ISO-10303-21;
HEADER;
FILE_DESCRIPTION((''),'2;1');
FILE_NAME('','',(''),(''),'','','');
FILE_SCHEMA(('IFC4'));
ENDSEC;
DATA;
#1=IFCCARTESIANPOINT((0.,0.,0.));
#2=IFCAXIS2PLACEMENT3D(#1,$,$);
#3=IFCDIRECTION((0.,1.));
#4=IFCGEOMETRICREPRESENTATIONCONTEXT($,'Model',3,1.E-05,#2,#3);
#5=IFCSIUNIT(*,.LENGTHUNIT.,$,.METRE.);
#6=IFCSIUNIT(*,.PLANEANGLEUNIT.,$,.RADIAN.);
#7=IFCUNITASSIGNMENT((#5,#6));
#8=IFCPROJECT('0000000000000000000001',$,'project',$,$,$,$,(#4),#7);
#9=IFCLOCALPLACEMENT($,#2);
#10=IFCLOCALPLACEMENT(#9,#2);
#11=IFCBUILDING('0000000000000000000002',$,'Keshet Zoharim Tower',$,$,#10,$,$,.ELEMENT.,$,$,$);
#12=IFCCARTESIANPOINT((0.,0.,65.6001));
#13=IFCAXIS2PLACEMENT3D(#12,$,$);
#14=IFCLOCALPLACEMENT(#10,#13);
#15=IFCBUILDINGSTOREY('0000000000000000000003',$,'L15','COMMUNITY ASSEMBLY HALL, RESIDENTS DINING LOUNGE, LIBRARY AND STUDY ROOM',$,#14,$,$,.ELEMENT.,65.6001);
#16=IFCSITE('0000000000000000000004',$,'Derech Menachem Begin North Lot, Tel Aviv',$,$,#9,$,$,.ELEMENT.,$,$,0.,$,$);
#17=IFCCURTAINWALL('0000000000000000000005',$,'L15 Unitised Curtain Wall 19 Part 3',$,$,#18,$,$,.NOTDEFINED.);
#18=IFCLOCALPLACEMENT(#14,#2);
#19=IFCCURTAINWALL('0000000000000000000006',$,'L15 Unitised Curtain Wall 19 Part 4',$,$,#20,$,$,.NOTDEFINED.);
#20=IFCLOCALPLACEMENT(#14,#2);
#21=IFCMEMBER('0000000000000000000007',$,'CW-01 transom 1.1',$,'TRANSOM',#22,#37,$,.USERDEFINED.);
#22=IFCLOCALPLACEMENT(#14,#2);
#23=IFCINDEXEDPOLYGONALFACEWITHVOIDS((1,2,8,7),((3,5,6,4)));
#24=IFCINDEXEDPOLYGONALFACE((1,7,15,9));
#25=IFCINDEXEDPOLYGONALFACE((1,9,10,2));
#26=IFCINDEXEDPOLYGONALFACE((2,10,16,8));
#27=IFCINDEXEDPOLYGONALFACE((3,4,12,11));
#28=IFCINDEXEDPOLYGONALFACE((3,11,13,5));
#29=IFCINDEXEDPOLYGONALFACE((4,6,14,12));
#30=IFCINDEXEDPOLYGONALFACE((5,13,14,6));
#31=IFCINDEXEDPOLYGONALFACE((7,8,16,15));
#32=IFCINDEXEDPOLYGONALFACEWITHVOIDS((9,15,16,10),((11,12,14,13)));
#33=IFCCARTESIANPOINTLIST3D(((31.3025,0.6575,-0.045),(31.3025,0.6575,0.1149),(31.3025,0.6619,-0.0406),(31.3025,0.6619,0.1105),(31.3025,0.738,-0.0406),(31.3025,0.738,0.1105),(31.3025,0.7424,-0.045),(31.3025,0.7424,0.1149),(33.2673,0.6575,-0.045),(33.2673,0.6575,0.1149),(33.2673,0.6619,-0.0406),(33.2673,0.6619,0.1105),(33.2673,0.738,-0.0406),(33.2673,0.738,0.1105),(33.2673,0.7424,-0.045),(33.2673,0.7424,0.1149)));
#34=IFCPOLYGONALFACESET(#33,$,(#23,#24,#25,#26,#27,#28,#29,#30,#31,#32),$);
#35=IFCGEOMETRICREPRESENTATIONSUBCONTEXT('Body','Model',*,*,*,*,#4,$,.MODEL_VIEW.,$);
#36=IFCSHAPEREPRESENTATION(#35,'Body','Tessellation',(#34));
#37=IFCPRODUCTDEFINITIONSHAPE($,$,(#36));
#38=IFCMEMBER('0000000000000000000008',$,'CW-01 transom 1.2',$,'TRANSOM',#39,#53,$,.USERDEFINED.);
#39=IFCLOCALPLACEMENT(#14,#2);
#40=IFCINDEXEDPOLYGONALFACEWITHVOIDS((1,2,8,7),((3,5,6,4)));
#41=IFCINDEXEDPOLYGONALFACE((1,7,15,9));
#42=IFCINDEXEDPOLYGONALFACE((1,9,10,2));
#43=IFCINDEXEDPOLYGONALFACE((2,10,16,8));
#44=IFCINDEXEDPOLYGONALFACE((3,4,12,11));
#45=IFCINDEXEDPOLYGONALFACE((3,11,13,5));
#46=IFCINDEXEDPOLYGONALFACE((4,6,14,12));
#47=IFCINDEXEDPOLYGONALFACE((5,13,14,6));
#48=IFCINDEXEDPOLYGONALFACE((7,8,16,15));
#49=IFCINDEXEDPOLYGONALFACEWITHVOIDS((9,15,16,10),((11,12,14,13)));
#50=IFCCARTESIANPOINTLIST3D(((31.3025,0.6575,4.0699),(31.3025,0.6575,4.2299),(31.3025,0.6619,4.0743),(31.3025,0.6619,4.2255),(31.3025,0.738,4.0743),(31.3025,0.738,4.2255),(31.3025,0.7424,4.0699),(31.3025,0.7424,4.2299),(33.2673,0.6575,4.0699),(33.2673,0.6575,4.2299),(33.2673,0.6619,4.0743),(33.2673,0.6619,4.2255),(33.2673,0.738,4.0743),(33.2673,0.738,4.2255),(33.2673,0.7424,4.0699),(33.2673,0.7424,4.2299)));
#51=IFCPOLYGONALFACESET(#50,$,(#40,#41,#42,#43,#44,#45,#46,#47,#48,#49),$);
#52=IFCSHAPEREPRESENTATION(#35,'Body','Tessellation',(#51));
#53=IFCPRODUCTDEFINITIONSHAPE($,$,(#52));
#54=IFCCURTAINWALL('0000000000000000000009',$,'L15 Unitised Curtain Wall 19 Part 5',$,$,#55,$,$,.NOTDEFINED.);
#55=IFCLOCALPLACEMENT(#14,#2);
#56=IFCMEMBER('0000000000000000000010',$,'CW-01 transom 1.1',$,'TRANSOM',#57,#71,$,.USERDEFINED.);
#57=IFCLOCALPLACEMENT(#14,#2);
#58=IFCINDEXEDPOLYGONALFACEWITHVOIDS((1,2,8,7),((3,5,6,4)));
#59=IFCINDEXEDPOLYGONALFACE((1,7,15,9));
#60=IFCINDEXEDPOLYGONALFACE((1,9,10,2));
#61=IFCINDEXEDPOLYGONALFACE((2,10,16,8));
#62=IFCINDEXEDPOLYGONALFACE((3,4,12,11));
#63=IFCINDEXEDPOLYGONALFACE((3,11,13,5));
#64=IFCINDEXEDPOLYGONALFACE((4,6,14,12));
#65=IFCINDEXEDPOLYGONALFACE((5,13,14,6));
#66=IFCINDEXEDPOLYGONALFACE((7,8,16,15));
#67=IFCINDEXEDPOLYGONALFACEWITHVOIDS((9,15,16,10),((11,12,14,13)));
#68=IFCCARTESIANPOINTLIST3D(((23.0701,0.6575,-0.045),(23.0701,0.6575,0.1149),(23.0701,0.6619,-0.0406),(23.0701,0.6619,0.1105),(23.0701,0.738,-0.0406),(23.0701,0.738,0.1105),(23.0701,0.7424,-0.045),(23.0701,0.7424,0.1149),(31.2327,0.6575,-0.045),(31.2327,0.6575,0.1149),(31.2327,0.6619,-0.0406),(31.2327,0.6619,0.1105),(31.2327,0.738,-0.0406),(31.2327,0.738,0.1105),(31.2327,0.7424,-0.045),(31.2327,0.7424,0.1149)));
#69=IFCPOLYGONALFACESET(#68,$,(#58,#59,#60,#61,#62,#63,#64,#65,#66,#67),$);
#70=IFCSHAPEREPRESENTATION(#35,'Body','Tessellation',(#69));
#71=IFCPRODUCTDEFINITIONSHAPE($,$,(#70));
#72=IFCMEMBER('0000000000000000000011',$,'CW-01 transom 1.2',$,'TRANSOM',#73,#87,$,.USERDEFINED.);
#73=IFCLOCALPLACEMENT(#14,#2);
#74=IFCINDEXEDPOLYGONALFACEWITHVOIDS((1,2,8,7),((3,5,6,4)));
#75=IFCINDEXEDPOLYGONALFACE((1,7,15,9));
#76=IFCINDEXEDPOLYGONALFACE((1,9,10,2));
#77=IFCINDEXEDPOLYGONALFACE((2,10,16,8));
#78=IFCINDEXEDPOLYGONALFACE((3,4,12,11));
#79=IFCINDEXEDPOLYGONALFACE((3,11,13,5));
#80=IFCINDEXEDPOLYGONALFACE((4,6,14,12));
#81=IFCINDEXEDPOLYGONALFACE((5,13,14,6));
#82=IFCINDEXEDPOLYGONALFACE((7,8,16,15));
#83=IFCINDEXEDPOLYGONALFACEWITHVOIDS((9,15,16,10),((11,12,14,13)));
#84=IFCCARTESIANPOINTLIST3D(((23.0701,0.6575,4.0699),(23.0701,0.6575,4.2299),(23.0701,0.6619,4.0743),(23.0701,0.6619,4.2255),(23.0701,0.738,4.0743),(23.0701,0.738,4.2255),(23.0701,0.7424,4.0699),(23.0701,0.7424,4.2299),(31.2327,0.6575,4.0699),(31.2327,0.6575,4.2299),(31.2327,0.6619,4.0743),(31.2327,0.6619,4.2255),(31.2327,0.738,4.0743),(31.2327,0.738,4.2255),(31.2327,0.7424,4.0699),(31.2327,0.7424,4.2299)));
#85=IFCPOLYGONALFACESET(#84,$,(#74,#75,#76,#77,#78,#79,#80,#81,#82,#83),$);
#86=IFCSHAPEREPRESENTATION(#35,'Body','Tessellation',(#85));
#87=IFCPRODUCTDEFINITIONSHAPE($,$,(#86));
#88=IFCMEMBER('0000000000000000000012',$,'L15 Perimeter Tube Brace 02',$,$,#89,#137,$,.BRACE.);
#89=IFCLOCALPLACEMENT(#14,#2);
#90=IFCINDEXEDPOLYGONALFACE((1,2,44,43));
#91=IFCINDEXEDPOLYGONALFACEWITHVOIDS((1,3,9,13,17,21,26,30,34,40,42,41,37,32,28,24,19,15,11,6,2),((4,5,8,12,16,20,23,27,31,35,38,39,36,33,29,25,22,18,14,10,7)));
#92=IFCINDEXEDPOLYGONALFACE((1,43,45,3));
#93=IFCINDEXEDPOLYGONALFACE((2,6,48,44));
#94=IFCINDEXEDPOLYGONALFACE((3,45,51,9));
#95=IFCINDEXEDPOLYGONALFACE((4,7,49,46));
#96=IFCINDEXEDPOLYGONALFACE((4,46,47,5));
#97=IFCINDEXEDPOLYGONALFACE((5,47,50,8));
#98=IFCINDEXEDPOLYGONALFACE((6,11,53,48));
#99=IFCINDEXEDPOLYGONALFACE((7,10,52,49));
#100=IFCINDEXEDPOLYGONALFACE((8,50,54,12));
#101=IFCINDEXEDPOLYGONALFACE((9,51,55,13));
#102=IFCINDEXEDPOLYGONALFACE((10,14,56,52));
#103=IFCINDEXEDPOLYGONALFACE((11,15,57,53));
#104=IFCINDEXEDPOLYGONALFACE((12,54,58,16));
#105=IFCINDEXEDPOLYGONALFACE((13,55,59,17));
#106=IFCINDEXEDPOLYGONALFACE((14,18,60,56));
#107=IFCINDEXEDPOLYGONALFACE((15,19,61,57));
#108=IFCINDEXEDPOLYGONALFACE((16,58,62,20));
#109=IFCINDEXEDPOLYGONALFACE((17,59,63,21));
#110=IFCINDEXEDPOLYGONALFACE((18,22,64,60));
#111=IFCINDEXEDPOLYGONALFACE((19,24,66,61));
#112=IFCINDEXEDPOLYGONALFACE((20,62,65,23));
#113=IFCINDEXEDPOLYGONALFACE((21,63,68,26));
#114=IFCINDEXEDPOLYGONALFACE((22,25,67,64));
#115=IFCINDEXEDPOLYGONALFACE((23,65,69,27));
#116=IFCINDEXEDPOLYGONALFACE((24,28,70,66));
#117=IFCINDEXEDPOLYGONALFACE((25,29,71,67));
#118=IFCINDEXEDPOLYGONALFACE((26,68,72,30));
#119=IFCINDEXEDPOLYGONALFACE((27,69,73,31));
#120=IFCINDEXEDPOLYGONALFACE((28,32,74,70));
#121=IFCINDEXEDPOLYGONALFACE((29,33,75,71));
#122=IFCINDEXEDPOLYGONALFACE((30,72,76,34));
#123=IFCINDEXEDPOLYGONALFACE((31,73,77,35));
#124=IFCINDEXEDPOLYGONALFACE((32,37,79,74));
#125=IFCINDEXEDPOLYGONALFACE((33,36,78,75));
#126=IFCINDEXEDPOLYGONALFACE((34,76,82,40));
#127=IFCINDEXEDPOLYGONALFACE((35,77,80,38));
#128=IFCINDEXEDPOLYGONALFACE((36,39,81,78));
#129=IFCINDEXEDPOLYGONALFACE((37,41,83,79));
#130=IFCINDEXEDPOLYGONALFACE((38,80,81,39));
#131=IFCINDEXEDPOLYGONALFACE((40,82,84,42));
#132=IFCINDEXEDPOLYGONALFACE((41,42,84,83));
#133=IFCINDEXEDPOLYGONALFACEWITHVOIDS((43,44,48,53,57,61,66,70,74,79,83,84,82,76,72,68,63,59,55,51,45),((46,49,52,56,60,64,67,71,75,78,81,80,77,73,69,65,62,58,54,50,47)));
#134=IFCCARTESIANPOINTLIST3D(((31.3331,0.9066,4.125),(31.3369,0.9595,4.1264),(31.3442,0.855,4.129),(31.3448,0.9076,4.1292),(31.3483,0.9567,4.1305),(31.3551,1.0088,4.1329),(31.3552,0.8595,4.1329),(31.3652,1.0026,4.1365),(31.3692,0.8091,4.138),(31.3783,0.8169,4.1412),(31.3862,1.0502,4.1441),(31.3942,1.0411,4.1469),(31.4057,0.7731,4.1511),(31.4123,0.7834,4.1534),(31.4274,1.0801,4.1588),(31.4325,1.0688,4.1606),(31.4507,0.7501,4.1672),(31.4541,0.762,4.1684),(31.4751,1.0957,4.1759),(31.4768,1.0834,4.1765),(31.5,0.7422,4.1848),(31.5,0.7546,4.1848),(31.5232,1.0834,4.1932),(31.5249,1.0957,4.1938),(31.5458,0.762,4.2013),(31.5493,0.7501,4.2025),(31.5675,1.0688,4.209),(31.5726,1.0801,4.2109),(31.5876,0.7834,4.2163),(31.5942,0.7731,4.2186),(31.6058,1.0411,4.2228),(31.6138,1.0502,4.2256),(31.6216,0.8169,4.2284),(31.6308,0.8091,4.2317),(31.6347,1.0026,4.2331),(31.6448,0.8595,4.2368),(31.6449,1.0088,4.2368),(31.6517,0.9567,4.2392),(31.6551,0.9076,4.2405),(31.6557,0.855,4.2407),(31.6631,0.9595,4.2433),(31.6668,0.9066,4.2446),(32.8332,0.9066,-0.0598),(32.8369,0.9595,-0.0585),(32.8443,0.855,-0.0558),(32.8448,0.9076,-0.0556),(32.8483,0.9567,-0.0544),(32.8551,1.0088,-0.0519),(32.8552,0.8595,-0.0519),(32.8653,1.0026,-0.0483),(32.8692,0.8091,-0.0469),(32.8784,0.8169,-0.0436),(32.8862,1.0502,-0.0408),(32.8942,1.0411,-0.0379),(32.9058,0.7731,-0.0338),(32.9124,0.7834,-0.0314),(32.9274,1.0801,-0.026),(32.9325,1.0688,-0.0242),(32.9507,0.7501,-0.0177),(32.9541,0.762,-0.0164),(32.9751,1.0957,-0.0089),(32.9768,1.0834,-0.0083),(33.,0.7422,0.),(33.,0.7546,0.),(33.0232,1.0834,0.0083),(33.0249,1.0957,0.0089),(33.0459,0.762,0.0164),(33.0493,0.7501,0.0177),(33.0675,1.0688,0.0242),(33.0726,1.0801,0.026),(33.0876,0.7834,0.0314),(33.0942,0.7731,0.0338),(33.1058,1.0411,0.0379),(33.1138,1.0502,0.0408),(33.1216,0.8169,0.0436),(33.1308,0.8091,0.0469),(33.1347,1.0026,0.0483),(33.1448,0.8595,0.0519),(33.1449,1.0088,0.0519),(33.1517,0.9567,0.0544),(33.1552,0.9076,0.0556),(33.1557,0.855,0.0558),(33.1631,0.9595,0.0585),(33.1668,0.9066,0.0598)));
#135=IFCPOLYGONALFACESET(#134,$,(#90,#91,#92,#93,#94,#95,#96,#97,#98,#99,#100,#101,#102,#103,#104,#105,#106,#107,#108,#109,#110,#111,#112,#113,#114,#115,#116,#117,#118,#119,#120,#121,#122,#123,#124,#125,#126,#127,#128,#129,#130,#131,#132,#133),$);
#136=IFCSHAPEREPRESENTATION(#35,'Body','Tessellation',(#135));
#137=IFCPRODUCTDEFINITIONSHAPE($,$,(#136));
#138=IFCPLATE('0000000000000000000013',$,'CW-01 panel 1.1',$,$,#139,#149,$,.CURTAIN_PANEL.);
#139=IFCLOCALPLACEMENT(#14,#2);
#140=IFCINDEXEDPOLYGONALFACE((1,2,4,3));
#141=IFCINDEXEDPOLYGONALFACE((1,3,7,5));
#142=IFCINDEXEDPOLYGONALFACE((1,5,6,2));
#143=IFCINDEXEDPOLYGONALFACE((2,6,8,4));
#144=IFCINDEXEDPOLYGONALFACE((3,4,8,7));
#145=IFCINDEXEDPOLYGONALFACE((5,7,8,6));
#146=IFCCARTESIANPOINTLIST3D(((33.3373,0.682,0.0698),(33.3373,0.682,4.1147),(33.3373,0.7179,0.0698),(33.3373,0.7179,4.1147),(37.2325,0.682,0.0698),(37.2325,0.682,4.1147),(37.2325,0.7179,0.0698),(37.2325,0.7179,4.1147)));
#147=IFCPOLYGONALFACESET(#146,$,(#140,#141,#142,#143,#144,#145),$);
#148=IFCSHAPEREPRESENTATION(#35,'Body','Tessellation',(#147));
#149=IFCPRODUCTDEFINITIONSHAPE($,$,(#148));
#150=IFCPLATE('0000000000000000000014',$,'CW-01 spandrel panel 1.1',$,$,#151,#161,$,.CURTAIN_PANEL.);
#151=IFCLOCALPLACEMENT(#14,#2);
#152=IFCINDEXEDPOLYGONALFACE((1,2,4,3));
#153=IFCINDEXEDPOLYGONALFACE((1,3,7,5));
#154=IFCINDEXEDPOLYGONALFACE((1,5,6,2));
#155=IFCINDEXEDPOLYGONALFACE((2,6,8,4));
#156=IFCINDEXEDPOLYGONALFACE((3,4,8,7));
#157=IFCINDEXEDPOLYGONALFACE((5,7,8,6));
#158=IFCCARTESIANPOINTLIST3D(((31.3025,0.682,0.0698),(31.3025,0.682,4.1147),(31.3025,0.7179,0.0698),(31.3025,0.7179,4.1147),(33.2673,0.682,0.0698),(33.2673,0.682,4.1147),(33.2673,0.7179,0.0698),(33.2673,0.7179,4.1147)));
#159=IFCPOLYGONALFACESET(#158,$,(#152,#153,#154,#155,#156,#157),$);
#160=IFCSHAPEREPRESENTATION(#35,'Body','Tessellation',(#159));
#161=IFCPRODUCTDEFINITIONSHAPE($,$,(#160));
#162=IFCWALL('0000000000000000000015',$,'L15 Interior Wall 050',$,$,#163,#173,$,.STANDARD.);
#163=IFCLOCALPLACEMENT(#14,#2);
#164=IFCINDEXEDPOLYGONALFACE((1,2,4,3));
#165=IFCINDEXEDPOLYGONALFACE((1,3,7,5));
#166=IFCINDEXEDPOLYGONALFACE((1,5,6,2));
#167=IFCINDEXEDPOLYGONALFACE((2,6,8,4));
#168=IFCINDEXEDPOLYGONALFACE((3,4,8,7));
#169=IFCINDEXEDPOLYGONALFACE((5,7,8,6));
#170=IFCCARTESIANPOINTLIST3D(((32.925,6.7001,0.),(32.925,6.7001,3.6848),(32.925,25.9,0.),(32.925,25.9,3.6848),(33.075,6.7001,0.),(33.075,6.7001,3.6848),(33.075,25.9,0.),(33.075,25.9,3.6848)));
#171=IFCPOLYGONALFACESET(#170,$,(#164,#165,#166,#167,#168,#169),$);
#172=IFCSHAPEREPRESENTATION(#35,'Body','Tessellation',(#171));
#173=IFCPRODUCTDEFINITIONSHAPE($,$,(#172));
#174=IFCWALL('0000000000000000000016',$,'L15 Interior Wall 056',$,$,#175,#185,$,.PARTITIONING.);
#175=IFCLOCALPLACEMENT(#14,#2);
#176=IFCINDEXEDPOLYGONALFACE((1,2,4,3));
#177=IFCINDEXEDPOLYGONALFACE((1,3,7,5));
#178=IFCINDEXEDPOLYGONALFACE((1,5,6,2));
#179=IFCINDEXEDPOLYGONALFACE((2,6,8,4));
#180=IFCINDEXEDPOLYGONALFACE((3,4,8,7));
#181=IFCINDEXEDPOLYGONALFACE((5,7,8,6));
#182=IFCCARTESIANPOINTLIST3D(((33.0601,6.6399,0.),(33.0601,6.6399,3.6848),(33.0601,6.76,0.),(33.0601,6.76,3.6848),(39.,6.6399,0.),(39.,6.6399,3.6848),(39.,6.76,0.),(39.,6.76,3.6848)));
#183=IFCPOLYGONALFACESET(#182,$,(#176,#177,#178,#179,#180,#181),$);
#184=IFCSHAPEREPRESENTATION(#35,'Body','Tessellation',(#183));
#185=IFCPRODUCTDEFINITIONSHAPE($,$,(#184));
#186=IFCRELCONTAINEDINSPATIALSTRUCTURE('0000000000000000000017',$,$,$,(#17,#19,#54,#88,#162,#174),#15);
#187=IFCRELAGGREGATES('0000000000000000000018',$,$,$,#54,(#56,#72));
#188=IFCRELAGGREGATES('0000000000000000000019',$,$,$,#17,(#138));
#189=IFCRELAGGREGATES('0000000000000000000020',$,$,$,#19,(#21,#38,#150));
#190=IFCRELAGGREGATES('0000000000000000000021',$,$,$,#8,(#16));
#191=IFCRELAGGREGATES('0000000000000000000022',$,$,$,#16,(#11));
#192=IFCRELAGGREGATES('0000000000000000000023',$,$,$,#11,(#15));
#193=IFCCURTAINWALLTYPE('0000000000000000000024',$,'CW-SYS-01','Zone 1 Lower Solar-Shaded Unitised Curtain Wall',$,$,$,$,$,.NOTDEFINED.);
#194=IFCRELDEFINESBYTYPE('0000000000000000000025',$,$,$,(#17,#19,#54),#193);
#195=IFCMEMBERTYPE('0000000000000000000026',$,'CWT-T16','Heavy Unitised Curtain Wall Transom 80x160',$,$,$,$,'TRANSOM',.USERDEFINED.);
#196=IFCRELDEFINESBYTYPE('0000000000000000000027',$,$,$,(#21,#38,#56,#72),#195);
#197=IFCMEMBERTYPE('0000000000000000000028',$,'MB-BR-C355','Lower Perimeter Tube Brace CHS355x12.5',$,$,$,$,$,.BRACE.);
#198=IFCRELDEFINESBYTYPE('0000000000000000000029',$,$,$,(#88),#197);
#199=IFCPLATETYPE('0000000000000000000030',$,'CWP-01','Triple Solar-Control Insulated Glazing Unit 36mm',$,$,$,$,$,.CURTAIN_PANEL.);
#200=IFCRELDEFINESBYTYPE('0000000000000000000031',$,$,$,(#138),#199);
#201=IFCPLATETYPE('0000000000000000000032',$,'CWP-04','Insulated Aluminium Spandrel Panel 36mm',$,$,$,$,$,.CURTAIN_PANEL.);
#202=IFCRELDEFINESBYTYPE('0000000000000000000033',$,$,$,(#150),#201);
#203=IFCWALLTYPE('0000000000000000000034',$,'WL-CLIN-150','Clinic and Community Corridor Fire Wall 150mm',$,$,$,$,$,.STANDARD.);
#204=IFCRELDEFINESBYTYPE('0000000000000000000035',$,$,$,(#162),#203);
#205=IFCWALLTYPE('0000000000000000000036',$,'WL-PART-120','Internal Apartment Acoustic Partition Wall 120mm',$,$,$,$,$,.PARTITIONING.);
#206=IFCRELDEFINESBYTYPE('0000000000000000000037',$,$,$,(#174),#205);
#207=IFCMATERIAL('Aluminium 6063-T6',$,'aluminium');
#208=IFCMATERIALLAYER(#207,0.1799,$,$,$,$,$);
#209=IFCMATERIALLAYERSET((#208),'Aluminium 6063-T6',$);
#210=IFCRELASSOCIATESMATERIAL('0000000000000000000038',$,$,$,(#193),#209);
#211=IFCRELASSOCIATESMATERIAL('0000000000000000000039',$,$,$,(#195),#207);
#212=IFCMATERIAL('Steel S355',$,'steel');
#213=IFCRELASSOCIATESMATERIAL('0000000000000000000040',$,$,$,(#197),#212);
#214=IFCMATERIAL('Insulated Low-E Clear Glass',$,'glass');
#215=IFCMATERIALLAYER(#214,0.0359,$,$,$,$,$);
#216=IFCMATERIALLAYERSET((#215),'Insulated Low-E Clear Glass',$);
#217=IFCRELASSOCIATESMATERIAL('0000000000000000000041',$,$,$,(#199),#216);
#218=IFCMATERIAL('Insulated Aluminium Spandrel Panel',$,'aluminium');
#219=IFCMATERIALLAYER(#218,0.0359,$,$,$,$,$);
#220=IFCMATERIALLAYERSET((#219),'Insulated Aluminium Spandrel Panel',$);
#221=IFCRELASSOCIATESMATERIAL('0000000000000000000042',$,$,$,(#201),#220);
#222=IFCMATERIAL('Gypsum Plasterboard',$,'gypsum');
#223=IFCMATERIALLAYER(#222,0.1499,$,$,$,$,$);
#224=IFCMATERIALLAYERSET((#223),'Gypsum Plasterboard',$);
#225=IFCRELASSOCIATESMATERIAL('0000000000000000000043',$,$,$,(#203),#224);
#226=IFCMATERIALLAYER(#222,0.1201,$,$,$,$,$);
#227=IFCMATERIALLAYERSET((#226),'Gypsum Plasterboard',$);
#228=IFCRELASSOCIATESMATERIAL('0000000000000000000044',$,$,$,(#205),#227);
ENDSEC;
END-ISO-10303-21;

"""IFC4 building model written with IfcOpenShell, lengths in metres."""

from ifc_helpers import new_model, si_unit, direction, frame, frame_2d, origin, origin_2d, place, context, subcontext, project, spatial, rectangle, hollow_rectangle, hollow_circle, extrude, material, layer, layer_set, material_profile, profile_set, type_object, element, aggregate, save


model = new_model("IFC4")

# Units and contexts
model_context = context("Model", 3, precision=1e-05, world=origin(), true_north=direction((0.0, 1.0)))
body_context = subcontext(model_context, "Body", "Model", "MODEL_VIEW")
ifc_project = project(units=[si_unit("LENGTHUNIT", "METRE"), si_unit("PLANEANGLEUNIT", "RADIAN")], contexts=[model_context])

# Site, building, storey
site_placement = place(None, origin())
site = spatial("IfcSite", under=ifc_project, at=site_placement, Name="Derech Menachem Begin North Lot, Tel Aviv", CompositionType="ELEMENT", RefElevation=0.0)
building_placement = place(site_placement, origin())
building = spatial("IfcBuilding", under=site, at=building_placement, Name="Keshet Zoharim Tower", CompositionType="ELEMENT")
storey_placement = place(building_placement, frame((0.0, 0.0, 65.6001)))
storey = spatial("IfcBuildingStorey", under=building, at=storey_placement, Name="L15", Description="COMMUNITY ASSEMBLY HALL, RESIDENTS DINING LOUNGE, LIBRARY AND STUDY ROOM", CompositionType="ELEMENT", Elevation=65.6001)

# Shared definitions
ifc_material_1 = material(Name="Steel S355", Category="steel")

# Curtain walls
ifc_material_2 = material(Name="Aluminium 6063-T6", Category="aluminium")
ifc_layer_1 = layer(ifc_material_2, 0.1799)
ifc_layer_set_1 = layer_set([ifc_layer_1], Name="Aluminium 6063-T6")
curtain_wall_type = type_object("IfcCurtainWallType", Name="CW-SYS-01", Description="Zone 1 Lower Solar-Shaded Unitised Curtain Wall", PredefinedType="NOTDEFINED", material=ifc_layer_set_1)
curtain_wall_1_placement = place(storey_placement, origin())
curtain_wall_1 = element("IfcCurtainWall", 1, at=curtain_wall_1_placement, inside=storey, type_object=curtain_wall_type, Name="L15 Unitised Curtain Wall 19 Part 3", PredefinedType="NOTDEFINED")
curtain_wall_2_placement = place(storey_placement, origin())
curtain_wall_2 = element("IfcCurtainWall", 2, at=curtain_wall_2_placement, inside=storey, type_object=curtain_wall_type, Name="L15 Unitised Curtain Wall 19 Part 4", PredefinedType="NOTDEFINED")

# Members
ifc_material_profile_1 = material_profile(ifc_material_2, hollow_rectangle(XDim=0.085, YDim=0.1599, WallThickness=0.0044, at=origin_2d()), Name="TRN-85x160")
ifc_profile_set_1 = profile_set([ifc_material_profile_1], Name="Aluminium 6063-T6")
member_type_1 = type_object("IfcMemberType", Name="CWT-T16", Description="Heavy Unitised Curtain Wall Transom 80x160", ElementType="TRANSOM", PredefinedType="USERDEFINED", material=ifc_profile_set_1)
member_1_placement = place(storey_placement, frame((33.2673, 0.7, 0.0349), z_axis=(-1.0, 0.0, 0.0), x_axis=(0.0, -1.0, 0.0)))
member_1 = element("IfcMember", 3, at=member_1_placement, type_object=member_type_1, Name="CW-01 transom 1.1", ObjectType="TRANSOM", PredefinedType="USERDEFINED", context=body_context, shape_type="SweptSolid", body=[
    extrude(hollow_rectangle(XDim=0.085, YDim=0.1599, WallThickness=0.0044, at=origin_2d()), origin(), (0.0, 0.0, 1.0), 1.9648),
])
member_2_placement = place(storey_placement, frame((33.2673, 0.7, 4.1499), z_axis=(-1.0, 0.0, 0.0), x_axis=(0.0, -1.0, 0.0)))
member_2 = element("IfcMember", 4, at=member_2_placement, type_object=member_type_1, Name="CW-01 transom 1.2", ObjectType="TRANSOM", PredefinedType="USERDEFINED", context=body_context, shape_type="SweptSolid", body=[
    extrude(hollow_rectangle(XDim=0.085, YDim=0.1599, WallThickness=0.0044, at=origin_2d()), origin(), (0.0, 0.0, 1.0), 1.9648),
])

# Curtain wall, members
curtain_wall_3_placement = place(storey_placement, origin())
curtain_wall_3 = element("IfcCurtainWall", 5, at=curtain_wall_3_placement, inside=storey, type_object=curtain_wall_type, Name="L15 Unitised Curtain Wall 19 Part 5", PredefinedType="NOTDEFINED")
member_3_placement = place(storey_placement, frame((31.2327, 0.7, 0.0349), z_axis=(-1.0, 0.0, 0.0), x_axis=(0.0, -1.0, 0.0)))
member_3 = element("IfcMember", 6, at=member_3_placement, type_object=member_type_1, Name="CW-01 transom 1.1", ObjectType="TRANSOM", PredefinedType="USERDEFINED", context=body_context, shape_type="SweptSolid", body=[
    extrude(hollow_rectangle(XDim=0.085, YDim=0.1599, WallThickness=0.0044, at=origin_2d()), origin(), (0.0, 0.0, 1.0), 8.1626),
])
member_4_placement = place(storey_placement, frame((31.2327, 0.7, 4.1499), z_axis=(-1.0, 0.0, 0.0), x_axis=(0.0, -1.0, 0.0)))
member_4 = element("IfcMember", 7, at=member_4_placement, type_object=member_type_1, Name="CW-01 transom 1.2", ObjectType="TRANSOM", PredefinedType="USERDEFINED", context=body_context, shape_type="SweptSolid", body=[
    extrude(hollow_rectangle(XDim=0.085, YDim=0.1599, WallThickness=0.0044, at=origin_2d()), origin(), (0.0, 0.0, 1.0), 8.1626),
])
aggregate(curtain_wall_3, [member_3, member_4])

# Member
ifc_material_profile_2 = material_profile(ifc_material_1, hollow_circle(Radius=0.1777, WallThickness=0.0125, at=origin_2d()), Name="CHS355x12.5")
ifc_profile_set_2 = profile_set([ifc_material_profile_2], Name="Steel S355")
member_type_2 = type_object("IfcMemberType", Name="MB-BR-C355", Description="Lower Perimeter Tube Brace CHS355x12.5", PredefinedType="BRACE", material=ifc_profile_set_2)
member_5_placement = place(storey_placement, frame((33.0, 0.9199, 0.0), z_axis=(-0.337418, 0.0, 0.941355), x_axis=(0.0, -1.0, 0.0)))
element("IfcMember", 8, at=member_5_placement, inside=storey, type_object=member_type_2, Name="L15 Perimeter Tube Brace 02", PredefinedType="BRACE", context=body_context, shape_type="SweptSolid", body=[
    extrude(hollow_circle(Radius=0.1777, WallThickness=0.0125, at=origin_2d()), origin(), (0.0, 0.0, 1.0), 4.4456),
])

# Plates
ifc_material_3 = material(Name="Insulated Low-E Clear Glass", Category="glass")
ifc_layer_2 = layer(ifc_material_3, 0.0359)
ifc_layer_set_2 = layer_set([ifc_layer_2], Name="Insulated Low-E Clear Glass")
plate_type_1 = type_object("IfcPlateType", Name="CWP-01", Description="Triple Solar-Control Insulated Glazing Unit 36mm", PredefinedType="CURTAIN_PANEL", material=ifc_layer_set_2)
plate_1_placement = place(storey_placement, frame((35.2849, 0.7, 0.0698), z_axis=(0.0, 0.0, 1.0), x_axis=(-1.0, 0.0, 0.0)))
plate_1 = element("IfcPlate", 9, at=plate_1_placement, type_object=plate_type_1, Name="CW-01 panel 1.1", PredefinedType="CURTAIN_PANEL", context=body_context, shape_type="SweptSolid", body=[
    extrude(rectangle(XDim=3.8953, YDim=0.0359, at=origin_2d()), origin(), (0.0, 0.0, 1.0), 4.0449),
])
aggregate(curtain_wall_1, [plate_1])
ifc_material_4 = material(Name="Insulated Aluminium Spandrel Panel", Category="aluminium")
ifc_layer_3 = layer(ifc_material_4, 0.0359)
ifc_layer_set_3 = layer_set([ifc_layer_3], Name="Insulated Aluminium Spandrel Panel")
plate_type_2 = type_object("IfcPlateType", Name="CWP-04", Description="Insulated Aluminium Spandrel Panel 36mm", PredefinedType="CURTAIN_PANEL", material=ifc_layer_set_3)
plate_2_placement = place(storey_placement, frame((32.2849, 0.7, 0.0698), z_axis=(0.0, 0.0, 1.0), x_axis=(-1.0, 0.0, 0.0)))
plate_2 = element("IfcPlate", 10, at=plate_2_placement, type_object=plate_type_2, Name="CW-01 spandrel panel 1.1", PredefinedType="CURTAIN_PANEL", context=body_context, shape_type="SweptSolid", body=[
    extrude(rectangle(XDim=1.9648, YDim=0.0359, at=origin_2d()), origin(), (0.0, 0.0, 1.0), 4.0449),
])
aggregate(curtain_wall_2, [member_1, member_2, plate_2])

# Walls
ifc_material_5 = material(Name="Gypsum Plasterboard", Category="gypsum")
ifc_layer_4 = layer(ifc_material_5, 0.1499)
ifc_layer_set_4 = layer_set([ifc_layer_4], Name="Gypsum Plasterboard")
wall_type_1 = type_object("IfcWallType", Name="WL-CLIN-150", Description="Clinic and Community Corridor Fire Wall 150mm", PredefinedType="STANDARD", material=ifc_layer_set_4)
wall_1_placement = place(storey_placement, frame((33.0, 6.7, 0.0), z_axis=(0.0, 0.0, 1.0), x_axis=(0.0, 1.0, 0.0)))
element("IfcWall", 11, at=wall_1_placement, inside=storey, type_object=wall_type_1, Name="L15 Interior Wall 050", PredefinedType="STANDARD", context=body_context, shape_type="SweptSolid", body=[
    extrude(rectangle(XDim=19.2, YDim=0.1499, at=frame_2d((9.6001, 0.0))), origin(), (0.0, 0.0, 1.0), 3.6848),
])
ifc_layer_5 = layer(ifc_material_5, 0.1201)
ifc_layer_set_5 = layer_set([ifc_layer_5], Name="Gypsum Plasterboard")
wall_type_2 = type_object("IfcWallType", Name="WL-PART-120", Description="Internal Apartment Acoustic Partition Wall 120mm", PredefinedType="PARTITIONING", material=ifc_layer_set_5)
wall_2_placement = place(storey_placement, frame((33.0601, 6.7, 0.0), z_axis=(0.0, 0.0, 1.0), x_axis=(1.0, 0.0, 0.0)))
element("IfcWall", 12, at=wall_2_placement, inside=storey, type_object=wall_type_2, Name="L15 Interior Wall 056", PredefinedType="PARTITIONING", context=body_context, shape_type="SweptSolid", body=[
    extrude(rectangle(XDim=5.9399, YDim=0.1201, at=frame_2d((2.97, 0.0))), origin(), (0.0, 0.0, 1.0), 3.6848),
])

save(model, "model.ifc")
